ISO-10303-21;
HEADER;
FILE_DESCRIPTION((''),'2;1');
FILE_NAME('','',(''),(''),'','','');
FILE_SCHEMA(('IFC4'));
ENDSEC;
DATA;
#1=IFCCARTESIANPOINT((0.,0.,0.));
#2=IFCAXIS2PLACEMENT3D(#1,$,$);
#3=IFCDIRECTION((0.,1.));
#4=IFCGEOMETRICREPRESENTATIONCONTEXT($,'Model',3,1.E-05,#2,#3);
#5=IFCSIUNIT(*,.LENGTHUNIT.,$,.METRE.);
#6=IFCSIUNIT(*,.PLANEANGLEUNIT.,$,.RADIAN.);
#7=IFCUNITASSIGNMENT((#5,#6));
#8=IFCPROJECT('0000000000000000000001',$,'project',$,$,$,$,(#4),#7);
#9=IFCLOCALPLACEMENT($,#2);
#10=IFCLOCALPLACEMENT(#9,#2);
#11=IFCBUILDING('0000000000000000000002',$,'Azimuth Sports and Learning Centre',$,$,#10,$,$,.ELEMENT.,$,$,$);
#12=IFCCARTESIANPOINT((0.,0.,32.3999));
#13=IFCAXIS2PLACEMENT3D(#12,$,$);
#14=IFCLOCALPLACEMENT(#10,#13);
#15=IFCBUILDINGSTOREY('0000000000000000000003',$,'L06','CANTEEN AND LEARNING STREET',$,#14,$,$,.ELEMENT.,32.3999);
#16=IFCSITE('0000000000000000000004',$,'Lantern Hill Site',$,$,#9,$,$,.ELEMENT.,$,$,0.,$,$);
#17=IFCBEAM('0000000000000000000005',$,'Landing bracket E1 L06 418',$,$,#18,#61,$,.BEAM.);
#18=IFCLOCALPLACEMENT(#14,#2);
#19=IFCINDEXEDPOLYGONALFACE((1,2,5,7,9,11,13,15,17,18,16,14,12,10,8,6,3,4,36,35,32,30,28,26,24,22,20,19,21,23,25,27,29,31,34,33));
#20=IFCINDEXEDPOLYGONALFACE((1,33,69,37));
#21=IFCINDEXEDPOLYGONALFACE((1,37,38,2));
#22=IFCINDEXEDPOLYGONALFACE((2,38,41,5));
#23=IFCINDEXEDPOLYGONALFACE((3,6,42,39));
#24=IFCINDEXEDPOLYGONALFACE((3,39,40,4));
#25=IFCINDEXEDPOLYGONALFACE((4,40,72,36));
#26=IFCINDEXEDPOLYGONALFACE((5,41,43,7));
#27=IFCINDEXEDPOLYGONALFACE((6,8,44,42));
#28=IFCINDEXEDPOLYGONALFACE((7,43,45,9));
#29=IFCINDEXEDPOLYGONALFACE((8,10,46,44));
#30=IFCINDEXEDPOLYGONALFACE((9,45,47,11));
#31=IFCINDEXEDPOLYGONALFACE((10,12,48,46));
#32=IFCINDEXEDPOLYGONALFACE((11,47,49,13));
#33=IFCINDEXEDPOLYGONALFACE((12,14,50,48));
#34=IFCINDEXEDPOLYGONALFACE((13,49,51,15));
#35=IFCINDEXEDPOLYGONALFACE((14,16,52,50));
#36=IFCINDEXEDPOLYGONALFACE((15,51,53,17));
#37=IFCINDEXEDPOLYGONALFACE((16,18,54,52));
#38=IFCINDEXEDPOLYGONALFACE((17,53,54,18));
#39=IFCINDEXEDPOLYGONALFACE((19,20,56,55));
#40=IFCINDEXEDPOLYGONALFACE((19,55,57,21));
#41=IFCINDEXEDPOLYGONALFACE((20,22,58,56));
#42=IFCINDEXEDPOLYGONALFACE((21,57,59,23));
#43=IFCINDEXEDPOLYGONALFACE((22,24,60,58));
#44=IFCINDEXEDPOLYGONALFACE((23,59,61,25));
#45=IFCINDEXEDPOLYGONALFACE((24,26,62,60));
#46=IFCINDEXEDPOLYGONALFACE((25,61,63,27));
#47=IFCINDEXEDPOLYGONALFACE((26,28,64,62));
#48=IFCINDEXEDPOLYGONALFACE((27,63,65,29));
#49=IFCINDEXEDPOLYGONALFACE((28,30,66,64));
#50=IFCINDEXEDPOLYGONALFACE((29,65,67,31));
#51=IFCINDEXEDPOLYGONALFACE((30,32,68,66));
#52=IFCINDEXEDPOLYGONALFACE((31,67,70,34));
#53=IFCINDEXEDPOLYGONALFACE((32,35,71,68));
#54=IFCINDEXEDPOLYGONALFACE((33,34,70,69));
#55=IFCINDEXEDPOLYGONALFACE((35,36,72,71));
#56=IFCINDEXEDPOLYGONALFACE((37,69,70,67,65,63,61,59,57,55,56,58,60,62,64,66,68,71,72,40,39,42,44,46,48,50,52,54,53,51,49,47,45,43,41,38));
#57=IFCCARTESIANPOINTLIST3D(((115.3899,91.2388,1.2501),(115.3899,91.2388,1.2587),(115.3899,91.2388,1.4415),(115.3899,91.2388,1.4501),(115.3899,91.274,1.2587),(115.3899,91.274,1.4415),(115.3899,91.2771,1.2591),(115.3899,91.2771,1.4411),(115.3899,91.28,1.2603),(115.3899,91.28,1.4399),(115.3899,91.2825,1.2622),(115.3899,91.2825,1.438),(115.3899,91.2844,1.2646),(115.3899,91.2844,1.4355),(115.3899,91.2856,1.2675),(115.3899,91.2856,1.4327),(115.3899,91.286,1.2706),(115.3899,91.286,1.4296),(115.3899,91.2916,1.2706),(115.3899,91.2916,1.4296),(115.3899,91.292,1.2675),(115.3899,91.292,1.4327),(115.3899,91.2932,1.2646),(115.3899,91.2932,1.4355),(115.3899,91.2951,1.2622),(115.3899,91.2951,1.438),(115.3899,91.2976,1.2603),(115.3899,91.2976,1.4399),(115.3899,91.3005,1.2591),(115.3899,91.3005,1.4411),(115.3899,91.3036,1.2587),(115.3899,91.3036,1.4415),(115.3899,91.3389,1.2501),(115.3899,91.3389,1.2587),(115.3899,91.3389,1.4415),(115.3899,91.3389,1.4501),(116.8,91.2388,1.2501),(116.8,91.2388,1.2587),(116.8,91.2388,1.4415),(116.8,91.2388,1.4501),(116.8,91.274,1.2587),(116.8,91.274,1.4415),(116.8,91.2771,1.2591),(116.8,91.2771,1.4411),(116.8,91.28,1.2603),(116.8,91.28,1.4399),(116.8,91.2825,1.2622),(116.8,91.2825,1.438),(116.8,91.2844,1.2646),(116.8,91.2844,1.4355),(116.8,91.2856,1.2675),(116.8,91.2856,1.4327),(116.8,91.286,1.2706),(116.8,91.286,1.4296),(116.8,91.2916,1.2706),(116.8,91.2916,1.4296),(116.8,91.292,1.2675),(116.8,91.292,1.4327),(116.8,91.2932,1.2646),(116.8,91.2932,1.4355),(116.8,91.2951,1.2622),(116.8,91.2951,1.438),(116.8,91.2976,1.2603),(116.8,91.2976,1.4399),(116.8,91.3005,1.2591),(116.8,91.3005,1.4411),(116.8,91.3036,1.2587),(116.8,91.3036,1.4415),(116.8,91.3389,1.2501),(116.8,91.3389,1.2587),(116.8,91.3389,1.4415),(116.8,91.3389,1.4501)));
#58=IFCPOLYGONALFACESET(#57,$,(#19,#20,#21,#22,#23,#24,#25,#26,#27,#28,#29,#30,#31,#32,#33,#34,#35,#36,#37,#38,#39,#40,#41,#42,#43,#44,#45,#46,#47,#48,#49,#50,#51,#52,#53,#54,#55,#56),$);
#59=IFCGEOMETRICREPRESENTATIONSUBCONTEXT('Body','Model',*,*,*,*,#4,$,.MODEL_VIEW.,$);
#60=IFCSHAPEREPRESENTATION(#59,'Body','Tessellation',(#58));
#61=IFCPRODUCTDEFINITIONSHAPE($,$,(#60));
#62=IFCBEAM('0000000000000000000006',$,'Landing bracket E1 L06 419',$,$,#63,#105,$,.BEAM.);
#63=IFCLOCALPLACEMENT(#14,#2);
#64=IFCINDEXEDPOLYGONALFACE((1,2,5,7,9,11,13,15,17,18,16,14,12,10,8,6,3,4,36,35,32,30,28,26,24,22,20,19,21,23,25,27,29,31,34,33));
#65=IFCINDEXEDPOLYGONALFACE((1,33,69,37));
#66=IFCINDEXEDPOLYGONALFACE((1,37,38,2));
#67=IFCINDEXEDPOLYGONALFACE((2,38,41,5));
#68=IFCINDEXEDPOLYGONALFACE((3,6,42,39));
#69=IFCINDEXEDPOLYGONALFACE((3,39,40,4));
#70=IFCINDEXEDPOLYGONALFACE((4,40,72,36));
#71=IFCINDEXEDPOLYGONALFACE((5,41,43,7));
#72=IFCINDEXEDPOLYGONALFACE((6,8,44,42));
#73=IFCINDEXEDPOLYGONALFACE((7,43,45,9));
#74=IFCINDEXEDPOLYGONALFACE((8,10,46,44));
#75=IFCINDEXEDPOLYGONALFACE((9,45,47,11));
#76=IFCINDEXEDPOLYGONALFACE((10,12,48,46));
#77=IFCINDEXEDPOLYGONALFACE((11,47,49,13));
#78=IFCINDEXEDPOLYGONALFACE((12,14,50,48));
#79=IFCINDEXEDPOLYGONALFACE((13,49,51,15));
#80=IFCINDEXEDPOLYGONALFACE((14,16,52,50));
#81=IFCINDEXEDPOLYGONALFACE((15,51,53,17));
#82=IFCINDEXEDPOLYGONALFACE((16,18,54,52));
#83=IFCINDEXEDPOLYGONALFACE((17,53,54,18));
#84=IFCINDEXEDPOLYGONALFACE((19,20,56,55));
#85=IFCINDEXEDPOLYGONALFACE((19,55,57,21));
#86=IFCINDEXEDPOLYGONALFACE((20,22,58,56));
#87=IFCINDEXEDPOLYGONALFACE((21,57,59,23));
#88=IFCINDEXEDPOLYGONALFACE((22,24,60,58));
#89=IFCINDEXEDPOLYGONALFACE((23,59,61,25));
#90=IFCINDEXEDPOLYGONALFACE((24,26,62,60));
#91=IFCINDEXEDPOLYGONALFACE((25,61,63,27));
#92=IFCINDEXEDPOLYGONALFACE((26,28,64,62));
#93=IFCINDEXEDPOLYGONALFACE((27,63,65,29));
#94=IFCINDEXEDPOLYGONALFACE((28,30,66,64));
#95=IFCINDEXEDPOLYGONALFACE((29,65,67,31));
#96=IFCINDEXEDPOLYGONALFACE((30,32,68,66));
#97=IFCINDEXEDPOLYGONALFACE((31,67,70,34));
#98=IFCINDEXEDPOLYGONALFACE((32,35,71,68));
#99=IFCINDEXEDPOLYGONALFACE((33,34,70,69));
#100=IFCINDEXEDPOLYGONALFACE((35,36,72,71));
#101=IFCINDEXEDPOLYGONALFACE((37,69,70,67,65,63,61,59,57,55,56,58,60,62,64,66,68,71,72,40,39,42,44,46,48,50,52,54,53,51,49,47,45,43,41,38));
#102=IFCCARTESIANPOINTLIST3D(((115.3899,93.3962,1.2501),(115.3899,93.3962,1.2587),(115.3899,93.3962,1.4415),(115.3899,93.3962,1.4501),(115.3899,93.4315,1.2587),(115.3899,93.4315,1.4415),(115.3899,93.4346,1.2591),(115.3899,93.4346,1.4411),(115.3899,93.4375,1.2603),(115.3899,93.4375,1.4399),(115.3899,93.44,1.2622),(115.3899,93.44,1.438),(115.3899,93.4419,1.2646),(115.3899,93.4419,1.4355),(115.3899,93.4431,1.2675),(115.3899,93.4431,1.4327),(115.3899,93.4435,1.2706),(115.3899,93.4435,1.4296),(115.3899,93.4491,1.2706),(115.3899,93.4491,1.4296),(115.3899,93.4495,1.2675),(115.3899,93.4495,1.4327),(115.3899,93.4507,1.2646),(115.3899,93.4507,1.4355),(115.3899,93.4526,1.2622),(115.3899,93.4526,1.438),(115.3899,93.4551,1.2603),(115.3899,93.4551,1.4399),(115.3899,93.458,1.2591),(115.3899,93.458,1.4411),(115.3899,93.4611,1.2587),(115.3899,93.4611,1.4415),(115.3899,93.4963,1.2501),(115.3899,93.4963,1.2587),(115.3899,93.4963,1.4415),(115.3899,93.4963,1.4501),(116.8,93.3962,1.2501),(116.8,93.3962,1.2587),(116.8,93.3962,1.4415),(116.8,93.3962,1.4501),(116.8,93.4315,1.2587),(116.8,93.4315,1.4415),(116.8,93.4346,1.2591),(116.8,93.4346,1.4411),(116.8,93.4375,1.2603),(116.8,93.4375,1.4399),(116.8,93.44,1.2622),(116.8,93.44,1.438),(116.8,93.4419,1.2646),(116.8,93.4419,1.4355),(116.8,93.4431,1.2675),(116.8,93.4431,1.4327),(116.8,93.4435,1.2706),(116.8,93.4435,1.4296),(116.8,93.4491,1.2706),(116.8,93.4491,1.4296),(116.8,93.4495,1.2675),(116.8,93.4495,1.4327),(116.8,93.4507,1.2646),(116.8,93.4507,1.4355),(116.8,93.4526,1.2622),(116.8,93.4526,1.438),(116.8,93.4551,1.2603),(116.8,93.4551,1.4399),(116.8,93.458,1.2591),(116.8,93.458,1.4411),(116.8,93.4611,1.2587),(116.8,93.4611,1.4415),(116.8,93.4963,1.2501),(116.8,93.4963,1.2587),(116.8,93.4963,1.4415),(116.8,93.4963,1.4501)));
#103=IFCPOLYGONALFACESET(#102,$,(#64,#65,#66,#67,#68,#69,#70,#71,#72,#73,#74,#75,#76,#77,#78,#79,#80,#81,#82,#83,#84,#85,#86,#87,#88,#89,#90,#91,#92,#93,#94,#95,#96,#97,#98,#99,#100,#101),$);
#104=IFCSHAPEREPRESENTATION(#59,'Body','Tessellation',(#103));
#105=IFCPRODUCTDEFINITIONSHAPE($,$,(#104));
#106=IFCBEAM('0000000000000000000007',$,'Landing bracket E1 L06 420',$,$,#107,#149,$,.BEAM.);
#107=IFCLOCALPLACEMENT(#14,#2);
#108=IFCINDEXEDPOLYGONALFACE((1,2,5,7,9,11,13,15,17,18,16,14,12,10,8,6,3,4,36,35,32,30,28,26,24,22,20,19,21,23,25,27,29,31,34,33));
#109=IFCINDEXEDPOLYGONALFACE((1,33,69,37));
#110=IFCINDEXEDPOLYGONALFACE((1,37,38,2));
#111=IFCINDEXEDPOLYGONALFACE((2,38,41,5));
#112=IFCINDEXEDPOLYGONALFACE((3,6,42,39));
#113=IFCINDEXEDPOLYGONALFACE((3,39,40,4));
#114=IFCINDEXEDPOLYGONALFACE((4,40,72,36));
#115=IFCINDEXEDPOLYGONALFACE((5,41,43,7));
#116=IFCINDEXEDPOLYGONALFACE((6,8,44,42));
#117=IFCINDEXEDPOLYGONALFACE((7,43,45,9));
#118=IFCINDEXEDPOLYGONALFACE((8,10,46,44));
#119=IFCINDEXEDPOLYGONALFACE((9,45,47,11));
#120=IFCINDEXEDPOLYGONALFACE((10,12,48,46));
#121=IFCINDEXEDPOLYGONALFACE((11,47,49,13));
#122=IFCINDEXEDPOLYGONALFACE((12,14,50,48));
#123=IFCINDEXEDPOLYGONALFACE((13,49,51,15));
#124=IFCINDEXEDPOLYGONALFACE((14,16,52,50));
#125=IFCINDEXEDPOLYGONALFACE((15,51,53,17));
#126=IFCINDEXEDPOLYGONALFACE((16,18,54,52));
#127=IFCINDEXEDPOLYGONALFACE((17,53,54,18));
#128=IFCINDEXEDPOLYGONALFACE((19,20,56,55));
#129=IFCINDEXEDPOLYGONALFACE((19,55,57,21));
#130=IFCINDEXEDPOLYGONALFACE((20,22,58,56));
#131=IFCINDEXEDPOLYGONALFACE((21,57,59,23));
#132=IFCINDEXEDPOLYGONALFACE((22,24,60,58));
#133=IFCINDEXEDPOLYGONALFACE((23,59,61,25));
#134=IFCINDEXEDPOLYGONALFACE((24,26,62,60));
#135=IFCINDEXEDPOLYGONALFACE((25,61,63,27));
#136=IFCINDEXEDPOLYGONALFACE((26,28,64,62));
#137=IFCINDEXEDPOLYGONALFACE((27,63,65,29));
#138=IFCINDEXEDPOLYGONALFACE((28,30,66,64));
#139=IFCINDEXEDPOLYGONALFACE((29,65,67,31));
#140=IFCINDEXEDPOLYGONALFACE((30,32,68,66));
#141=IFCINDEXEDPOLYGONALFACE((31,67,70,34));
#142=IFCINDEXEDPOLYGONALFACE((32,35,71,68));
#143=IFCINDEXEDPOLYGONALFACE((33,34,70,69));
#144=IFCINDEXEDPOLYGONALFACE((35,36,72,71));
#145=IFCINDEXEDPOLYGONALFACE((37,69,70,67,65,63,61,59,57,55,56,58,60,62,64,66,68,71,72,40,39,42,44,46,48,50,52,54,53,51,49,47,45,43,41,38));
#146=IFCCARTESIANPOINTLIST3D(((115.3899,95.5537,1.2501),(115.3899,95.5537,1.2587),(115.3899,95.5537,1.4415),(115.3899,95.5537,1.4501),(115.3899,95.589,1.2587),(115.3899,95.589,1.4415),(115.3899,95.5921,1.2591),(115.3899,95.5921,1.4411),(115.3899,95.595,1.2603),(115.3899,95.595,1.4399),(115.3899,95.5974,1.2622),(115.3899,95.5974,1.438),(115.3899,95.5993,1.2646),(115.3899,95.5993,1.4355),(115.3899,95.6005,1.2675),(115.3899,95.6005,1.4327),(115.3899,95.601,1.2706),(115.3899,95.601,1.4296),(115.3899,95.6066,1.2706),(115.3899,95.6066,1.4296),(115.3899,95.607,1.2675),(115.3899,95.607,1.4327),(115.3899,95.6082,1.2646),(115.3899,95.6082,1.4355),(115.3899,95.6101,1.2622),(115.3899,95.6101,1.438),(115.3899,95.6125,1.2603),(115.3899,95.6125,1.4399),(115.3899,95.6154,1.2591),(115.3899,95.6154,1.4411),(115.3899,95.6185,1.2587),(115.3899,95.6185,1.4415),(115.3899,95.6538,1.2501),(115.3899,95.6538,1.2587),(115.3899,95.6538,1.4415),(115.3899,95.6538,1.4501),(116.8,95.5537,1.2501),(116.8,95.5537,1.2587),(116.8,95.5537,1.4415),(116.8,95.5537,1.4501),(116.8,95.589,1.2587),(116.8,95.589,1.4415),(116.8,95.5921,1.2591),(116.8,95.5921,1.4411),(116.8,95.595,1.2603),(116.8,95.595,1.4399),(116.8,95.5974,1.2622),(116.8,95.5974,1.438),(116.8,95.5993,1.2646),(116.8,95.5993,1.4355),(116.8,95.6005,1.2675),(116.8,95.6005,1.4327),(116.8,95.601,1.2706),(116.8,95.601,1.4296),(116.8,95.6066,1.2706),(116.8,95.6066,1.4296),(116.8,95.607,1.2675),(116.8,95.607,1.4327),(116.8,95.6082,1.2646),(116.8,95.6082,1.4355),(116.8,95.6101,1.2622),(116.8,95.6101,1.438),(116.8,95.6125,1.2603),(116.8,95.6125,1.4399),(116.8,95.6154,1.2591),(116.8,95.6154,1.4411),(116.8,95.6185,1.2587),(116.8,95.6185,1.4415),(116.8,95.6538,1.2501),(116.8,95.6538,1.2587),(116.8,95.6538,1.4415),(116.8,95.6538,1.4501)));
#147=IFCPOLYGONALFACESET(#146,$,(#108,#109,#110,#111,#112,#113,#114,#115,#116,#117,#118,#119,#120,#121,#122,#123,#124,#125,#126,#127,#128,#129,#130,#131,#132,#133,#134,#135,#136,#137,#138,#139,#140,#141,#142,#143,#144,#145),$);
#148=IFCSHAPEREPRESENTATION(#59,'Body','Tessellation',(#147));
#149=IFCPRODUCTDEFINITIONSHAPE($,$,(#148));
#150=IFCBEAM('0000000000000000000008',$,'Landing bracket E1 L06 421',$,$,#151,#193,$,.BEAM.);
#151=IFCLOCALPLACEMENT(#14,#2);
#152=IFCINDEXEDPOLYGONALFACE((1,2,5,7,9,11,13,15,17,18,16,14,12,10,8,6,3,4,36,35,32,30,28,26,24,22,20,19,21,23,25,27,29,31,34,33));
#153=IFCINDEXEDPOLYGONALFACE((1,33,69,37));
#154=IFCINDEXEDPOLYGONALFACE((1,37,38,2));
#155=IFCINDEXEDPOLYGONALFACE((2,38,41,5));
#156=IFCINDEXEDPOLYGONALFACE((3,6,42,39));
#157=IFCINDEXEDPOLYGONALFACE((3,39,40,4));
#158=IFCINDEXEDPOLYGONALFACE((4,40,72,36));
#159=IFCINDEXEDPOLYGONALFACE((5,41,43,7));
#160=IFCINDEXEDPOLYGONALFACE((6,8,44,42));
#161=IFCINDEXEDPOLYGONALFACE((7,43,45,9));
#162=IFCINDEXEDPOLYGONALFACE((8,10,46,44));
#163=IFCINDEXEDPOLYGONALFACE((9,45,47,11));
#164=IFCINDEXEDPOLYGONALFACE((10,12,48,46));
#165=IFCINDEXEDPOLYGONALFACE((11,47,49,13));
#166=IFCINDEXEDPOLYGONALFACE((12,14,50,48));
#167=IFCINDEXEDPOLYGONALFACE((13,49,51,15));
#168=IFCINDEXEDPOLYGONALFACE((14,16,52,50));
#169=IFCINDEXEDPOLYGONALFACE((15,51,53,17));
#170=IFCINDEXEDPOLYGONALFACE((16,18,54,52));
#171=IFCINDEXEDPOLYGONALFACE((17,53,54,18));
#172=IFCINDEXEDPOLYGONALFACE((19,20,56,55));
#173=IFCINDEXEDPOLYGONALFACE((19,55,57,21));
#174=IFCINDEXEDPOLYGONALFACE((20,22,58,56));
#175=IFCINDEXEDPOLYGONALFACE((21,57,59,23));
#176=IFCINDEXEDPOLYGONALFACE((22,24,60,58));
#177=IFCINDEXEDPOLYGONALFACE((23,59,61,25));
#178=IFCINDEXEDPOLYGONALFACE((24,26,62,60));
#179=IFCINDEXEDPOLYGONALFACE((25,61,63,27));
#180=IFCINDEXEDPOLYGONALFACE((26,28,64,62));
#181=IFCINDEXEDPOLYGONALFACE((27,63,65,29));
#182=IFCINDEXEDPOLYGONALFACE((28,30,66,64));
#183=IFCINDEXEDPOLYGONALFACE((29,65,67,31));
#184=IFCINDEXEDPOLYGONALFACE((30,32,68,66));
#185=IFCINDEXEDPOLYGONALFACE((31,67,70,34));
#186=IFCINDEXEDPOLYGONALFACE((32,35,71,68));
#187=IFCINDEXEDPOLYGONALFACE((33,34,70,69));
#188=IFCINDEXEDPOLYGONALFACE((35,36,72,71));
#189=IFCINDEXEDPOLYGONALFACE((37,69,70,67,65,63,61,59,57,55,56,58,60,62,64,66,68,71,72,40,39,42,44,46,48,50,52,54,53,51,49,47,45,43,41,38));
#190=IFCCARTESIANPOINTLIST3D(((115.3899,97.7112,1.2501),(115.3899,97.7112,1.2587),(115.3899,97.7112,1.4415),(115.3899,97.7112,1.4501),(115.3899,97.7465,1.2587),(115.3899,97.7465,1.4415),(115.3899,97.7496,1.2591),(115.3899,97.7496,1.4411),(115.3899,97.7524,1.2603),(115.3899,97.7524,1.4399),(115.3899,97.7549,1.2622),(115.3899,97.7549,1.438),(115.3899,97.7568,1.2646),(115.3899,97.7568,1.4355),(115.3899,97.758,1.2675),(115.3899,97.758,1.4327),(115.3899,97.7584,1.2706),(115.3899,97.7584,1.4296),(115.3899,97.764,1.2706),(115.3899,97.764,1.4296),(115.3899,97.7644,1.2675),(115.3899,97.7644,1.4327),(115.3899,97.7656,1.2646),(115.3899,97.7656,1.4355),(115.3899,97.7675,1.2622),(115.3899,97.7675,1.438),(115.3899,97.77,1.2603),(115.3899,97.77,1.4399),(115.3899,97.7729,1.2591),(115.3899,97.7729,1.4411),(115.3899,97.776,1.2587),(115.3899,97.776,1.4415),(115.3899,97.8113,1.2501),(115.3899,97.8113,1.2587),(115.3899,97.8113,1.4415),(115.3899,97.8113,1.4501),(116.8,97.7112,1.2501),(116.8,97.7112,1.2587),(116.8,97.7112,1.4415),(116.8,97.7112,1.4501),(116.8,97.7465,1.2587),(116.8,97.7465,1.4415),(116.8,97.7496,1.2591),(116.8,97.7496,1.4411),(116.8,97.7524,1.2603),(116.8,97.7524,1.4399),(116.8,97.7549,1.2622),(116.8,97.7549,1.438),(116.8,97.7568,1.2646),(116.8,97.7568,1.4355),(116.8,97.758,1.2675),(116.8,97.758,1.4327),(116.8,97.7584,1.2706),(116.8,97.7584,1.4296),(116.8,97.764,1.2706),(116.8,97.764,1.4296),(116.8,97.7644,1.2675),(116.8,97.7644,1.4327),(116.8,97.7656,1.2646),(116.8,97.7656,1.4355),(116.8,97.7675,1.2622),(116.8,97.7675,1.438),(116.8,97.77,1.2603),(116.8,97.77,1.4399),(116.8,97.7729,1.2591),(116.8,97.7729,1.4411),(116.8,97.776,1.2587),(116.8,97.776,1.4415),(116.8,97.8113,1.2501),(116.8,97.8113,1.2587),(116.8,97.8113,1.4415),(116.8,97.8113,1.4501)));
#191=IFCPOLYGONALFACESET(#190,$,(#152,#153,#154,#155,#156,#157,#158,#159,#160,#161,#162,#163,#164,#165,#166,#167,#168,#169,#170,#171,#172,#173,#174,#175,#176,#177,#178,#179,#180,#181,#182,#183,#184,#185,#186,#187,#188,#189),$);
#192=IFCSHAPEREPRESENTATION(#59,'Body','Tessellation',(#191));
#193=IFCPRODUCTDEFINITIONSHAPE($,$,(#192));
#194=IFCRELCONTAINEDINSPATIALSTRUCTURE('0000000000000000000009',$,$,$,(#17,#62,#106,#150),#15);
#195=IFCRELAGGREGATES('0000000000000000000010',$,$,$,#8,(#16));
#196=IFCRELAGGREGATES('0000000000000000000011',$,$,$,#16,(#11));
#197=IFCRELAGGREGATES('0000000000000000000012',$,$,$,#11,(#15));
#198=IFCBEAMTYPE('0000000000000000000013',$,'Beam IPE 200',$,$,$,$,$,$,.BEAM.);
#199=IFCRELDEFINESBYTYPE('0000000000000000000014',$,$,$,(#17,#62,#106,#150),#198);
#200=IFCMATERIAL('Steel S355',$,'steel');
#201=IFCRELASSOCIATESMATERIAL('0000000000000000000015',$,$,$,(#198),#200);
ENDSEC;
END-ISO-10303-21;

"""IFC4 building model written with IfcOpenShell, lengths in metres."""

from ifc_helpers import new_model, si_unit, direction, frame, origin, origin_2d, place, context, subcontext, project, spatial, i_section, extrude, material, material_profile, profile_set, type_object, element, save


model = new_model("IFC4")

# Units and contexts
model_context = context("Model", 3, precision=1e-05, world=origin(), true_north=direction((0.0, 1.0)))
body_context = subcontext(model_context, "Body", "Model", "MODEL_VIEW")
ifc_project = project(units=[si_unit("LENGTHUNIT", "METRE"), si_unit("PLANEANGLEUNIT", "RADIAN")], contexts=[model_context])

# Site, building, storey
site_placement = place(None, origin())
site = spatial("IfcSite", under=ifc_project, at=site_placement, Name="Lantern Hill Site", CompositionType="ELEMENT", RefElevation=0.0)
building_placement = place(site_placement, origin())
building = spatial("IfcBuilding", under=site, at=building_placement, Name="Azimuth Sports and Learning Centre", CompositionType="ELEMENT")
storey_placement = place(building_placement, frame((0.0, 0.0, 32.3999)))
storey = spatial("IfcBuildingStorey", under=building, at=storey_placement, Name="L06", Description="CANTEEN AND LEARNING STREET", CompositionType="ELEMENT", Elevation=32.3999)

# Beams
ifc_material_1 = material(Name="Steel S355", Category="steel")
ifc_material_profile = material_profile(ifc_material_1, i_section(OverallWidth=0.1001, OverallDepth=0.2, WebThickness=0.0056, FlangeThickness=0.0085, FilletRadius=0.012, at=origin_2d()), Name="IPE 200")
ifc_profile_set = profile_set([ifc_material_profile], Name="Steel S355")
beam_type = type_object("IfcBeamType", Name="Beam IPE 200", PredefinedType="BEAM", material=ifc_profile_set)
for number, where, z_axis, x_axis, name in (
    (1, (116.8, 91.2888, 1.3501), (-1.0, 0.0, 0.0), (0.0, -1.0, 0.0), "Landing bracket E1 L06 418"),
    (2, (116.8, 93.4463, 1.3501), (-1.0, 0.0, 0.0), (0.0, -1.0, 0.0), "Landing bracket E1 L06 419"),
    (3, (116.8, 95.6038, 1.3501), (-1.0, 0.0, 0.0), (0.0, -1.0, 0.0), "Landing bracket E1 L06 420"),
    (4, (116.8, 97.7612, 1.3501), (-1.0, 0.0, 0.0), (0.0, -1.0, 0.0), "Landing bracket E1 L06 421"),
):
    element("IfcBeam", number, at=place(storey_placement, frame(where, z_axis=z_axis, x_axis=x_axis)), inside=storey, type_object=beam_type, Name=name, PredefinedType="BEAM", context=body_context, shape_type="SweptSolid", body=[
        extrude(i_section(OverallWidth=0.1001, OverallDepth=0.2, WebThickness=0.0056, FlangeThickness=0.0085, FilletRadius=0.012, at=origin_2d()), origin(), (0.0, 0.0, 1.0), 1.4102),
    ])

save(model, "model.ifc")
